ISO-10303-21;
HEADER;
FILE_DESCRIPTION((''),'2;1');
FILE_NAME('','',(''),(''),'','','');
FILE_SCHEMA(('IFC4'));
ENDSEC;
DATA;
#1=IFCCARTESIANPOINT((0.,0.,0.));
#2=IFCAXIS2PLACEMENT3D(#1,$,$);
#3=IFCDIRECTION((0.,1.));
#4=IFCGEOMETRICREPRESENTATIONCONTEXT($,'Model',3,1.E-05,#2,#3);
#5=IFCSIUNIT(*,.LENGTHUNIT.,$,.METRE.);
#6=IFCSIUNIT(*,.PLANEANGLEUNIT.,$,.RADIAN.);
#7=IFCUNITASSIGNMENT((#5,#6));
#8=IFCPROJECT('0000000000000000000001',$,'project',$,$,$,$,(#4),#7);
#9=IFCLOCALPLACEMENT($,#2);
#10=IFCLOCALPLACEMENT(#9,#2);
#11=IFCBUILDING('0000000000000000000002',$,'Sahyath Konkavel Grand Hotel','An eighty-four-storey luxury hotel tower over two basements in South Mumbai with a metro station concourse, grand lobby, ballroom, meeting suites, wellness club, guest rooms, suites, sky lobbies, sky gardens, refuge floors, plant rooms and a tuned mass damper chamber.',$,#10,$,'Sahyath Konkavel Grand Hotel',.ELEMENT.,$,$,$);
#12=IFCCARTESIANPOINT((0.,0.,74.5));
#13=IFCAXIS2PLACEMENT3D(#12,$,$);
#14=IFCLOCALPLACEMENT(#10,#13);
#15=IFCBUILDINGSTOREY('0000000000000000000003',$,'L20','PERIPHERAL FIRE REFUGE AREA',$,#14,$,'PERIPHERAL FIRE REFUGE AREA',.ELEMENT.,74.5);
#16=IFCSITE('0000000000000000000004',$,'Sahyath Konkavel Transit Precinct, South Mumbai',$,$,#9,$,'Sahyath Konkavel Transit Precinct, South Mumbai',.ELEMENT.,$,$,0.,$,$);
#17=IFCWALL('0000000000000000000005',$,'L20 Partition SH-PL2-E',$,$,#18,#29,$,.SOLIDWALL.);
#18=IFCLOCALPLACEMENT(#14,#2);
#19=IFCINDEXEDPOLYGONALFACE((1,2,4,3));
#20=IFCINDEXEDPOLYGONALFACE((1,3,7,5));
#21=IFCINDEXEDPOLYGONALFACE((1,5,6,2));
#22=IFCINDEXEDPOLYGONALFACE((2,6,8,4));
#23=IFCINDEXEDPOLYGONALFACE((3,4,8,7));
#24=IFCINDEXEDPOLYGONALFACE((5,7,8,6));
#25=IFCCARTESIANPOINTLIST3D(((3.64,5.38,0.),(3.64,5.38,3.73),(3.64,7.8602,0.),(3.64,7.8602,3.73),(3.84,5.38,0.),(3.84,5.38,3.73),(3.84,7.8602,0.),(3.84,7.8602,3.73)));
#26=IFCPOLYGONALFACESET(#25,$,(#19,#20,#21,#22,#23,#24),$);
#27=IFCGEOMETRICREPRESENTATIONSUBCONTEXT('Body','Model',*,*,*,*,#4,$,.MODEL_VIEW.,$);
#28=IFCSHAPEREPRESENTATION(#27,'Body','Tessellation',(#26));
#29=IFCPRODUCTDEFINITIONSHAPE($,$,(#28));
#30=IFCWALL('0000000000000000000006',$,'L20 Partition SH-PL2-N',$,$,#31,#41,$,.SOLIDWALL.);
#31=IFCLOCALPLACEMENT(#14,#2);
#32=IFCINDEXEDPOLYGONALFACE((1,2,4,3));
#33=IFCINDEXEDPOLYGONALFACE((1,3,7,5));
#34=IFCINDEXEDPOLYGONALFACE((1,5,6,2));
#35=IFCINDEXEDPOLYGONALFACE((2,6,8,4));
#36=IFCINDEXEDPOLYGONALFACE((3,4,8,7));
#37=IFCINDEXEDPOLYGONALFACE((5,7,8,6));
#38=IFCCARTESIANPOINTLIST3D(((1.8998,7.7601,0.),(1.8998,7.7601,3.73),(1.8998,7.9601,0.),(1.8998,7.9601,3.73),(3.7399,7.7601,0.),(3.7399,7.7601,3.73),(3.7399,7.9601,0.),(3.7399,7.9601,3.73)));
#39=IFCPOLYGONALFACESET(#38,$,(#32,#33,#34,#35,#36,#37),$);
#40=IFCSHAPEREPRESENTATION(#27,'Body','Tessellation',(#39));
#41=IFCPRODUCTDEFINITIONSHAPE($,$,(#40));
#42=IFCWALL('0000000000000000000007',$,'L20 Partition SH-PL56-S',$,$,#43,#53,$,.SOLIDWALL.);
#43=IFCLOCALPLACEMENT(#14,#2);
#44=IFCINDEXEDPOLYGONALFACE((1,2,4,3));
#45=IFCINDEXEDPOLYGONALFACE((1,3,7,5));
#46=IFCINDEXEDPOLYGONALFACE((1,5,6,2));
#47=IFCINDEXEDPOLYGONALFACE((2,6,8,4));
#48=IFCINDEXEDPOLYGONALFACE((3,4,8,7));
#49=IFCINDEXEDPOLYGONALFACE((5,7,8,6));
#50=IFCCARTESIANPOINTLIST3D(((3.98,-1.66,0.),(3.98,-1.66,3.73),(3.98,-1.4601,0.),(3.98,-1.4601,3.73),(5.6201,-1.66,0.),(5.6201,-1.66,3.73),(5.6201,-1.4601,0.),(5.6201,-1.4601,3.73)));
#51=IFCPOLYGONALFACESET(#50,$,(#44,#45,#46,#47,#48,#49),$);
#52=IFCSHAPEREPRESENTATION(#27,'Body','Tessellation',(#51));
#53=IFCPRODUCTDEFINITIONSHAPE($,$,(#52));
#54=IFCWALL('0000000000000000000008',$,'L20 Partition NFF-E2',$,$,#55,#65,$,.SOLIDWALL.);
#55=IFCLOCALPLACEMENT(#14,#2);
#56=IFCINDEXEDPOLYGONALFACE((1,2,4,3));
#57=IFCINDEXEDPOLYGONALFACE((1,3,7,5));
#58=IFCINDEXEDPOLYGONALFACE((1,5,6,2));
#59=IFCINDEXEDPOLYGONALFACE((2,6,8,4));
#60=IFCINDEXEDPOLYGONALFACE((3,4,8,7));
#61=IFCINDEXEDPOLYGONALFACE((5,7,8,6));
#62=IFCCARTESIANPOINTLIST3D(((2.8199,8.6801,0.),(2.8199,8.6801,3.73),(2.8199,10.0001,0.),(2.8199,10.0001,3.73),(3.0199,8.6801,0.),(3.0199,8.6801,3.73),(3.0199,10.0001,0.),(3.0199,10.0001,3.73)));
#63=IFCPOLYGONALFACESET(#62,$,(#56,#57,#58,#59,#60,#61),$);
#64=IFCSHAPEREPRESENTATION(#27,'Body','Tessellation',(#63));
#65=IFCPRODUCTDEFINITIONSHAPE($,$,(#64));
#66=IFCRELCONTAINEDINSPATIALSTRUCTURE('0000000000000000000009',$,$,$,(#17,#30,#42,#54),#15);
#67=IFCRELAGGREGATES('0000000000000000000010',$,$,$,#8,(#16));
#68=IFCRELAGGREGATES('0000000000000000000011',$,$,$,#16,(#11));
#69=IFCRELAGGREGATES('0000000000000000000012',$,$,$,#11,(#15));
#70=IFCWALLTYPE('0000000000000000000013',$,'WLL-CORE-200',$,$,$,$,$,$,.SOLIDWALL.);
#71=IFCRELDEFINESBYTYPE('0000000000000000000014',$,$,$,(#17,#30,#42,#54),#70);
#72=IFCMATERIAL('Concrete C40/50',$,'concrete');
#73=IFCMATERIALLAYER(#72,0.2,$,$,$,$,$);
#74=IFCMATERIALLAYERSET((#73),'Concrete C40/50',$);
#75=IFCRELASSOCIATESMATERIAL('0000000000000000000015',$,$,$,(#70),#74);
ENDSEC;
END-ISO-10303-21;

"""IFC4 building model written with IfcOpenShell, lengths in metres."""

from ifc_helpers import new_model, si_unit, direction, frame, frame_2d, origin, place, context, subcontext, project, spatial, rectangle, extrude, material, layer, layer_set, type_object, element, save


model = new_model("IFC4")

# Units and contexts
model_context = context("Model", 3, precision=1e-05, world=origin(), true_north=direction((0.0, 1.0)))
body_context = subcontext(model_context, "Body", "Model", "MODEL_VIEW")
ifc_project = project(units=[si_unit("LENGTHUNIT", "METRE"), si_unit("PLANEANGLEUNIT", "RADIAN")], contexts=[model_context])

# Site, building, storey
site_placement = place(None, origin())
site = spatial("IfcSite", under=ifc_project, at=site_placement, Name="Sahyath Konkavel Transit Precinct, South Mumbai", LongName="Sahyath Konkavel Transit Precinct, South Mumbai", CompositionType="ELEMENT", RefElevation=0.0)
building_placement = place(site_placement, origin())
building = spatial("IfcBuilding", under=site, at=building_placement, Name="Sahyath Konkavel Grand Hotel", Description="An eighty-four-storey luxury hotel tower over two basements in South Mumbai with a metro station concourse, grand lobby, ballroom, meeting suites, wellness club, guest rooms, suites, sky lobbies, sky gardens, refuge floors, plant rooms and a tuned mass damper chamber.", LongName="Sahyath Konkavel Grand Hotel", CompositionType="ELEMENT")
storey_placement = place(building_placement, frame((0.0, 0.0, 74.5)))
storey = spatial("IfcBuildingStorey", under=building, at=storey_placement, Name="L20", Description="PERIPHERAL FIRE REFUGE AREA", LongName="PERIPHERAL FIRE REFUGE AREA", CompositionType="ELEMENT", Elevation=74.5)

# Shared definitions
ifc_material_1 = material(Name="Concrete C40/50", Category="concrete")

# Shared definitions
ifc_layer_1 = layer(ifc_material_1, 0.2)
ifc_layer_set_1 = layer_set([ifc_layer_1], Name="Concrete C40/50")
wall_type = type_object("IfcWallType", Name="WLL-CORE-200", PredefinedType="SOLIDWALL", material=ifc_layer_set_1)

# Walls
wall_1_placement = place(storey_placement, frame((3.74, 5.3799, 0.0), z_axis=(0.0, 0.0, 1.0), x_axis=(0.0, 1.0, 0.0)))
element("IfcWall", 1, at=wall_1_placement, inside=storey, type_object=wall_type, Name="L20 Partition SH-PL2-E", PredefinedType="SOLIDWALL", context=body_context, shape_type="SweptSolid", body=[
    extrude(rectangle(XDim=2.4802, YDim=0.2, at=frame_2d((1.2402, 0.0))), origin(), (0.0, 0.0, 1.0), 3.73),
])
wall_2_placement = place(storey_placement, frame((1.8999, 7.8601, 0.0), z_axis=(0.0, 0.0, 1.0), x_axis=(1.0, 0.0, 0.0)))
element("IfcWall", 2, at=wall_2_placement, inside=storey, type_object=wall_type, Name="L20 Partition SH-PL2-N", PredefinedType="SOLIDWALL", context=body_context, shape_type="SweptSolid", body=[
    extrude(rectangle(XDim=1.8401, YDim=0.2, at=frame_2d((0.9199, 0.0))), origin(), (0.0, 0.0, 1.0), 3.73),
])
wall_3_placement = place(storey_placement, frame((3.98, -1.5601, 0.0), z_axis=(0.0, 0.0, 1.0), x_axis=(1.0, 0.0, 0.0)))
element("IfcWall", 3, at=wall_3_placement, inside=storey, type_object=wall_type, Name="L20 Partition SH-PL56-S", PredefinedType="SOLIDWALL", context=body_context, shape_type="SweptSolid", body=[
    extrude(rectangle(XDim=1.6401, YDim=0.2, at=frame_2d((0.8201, 0.0))), origin(), (0.0, 0.0, 1.0), 3.73),
])

# Wall
wall_4_placement = place(storey_placement, frame((2.9199, 8.6799, 0.0), z_axis=(0.0, 0.0, 1.0), x_axis=(0.0, 1.0, 0.0)))
element("IfcWall", 4, at=wall_4_placement, inside=storey, type_object=wall_type, Name="L20 Partition NFF-E2", PredefinedType="SOLIDWALL", context=body_context, shape_type="SweptSolid", body=[
    extrude(rectangle(XDim=1.3201, YDim=0.2, at=frame_2d((0.6602, 0.0))), origin(), (0.0, 0.0, 1.0), 3.73),
])

save(model, "model.ifc")
